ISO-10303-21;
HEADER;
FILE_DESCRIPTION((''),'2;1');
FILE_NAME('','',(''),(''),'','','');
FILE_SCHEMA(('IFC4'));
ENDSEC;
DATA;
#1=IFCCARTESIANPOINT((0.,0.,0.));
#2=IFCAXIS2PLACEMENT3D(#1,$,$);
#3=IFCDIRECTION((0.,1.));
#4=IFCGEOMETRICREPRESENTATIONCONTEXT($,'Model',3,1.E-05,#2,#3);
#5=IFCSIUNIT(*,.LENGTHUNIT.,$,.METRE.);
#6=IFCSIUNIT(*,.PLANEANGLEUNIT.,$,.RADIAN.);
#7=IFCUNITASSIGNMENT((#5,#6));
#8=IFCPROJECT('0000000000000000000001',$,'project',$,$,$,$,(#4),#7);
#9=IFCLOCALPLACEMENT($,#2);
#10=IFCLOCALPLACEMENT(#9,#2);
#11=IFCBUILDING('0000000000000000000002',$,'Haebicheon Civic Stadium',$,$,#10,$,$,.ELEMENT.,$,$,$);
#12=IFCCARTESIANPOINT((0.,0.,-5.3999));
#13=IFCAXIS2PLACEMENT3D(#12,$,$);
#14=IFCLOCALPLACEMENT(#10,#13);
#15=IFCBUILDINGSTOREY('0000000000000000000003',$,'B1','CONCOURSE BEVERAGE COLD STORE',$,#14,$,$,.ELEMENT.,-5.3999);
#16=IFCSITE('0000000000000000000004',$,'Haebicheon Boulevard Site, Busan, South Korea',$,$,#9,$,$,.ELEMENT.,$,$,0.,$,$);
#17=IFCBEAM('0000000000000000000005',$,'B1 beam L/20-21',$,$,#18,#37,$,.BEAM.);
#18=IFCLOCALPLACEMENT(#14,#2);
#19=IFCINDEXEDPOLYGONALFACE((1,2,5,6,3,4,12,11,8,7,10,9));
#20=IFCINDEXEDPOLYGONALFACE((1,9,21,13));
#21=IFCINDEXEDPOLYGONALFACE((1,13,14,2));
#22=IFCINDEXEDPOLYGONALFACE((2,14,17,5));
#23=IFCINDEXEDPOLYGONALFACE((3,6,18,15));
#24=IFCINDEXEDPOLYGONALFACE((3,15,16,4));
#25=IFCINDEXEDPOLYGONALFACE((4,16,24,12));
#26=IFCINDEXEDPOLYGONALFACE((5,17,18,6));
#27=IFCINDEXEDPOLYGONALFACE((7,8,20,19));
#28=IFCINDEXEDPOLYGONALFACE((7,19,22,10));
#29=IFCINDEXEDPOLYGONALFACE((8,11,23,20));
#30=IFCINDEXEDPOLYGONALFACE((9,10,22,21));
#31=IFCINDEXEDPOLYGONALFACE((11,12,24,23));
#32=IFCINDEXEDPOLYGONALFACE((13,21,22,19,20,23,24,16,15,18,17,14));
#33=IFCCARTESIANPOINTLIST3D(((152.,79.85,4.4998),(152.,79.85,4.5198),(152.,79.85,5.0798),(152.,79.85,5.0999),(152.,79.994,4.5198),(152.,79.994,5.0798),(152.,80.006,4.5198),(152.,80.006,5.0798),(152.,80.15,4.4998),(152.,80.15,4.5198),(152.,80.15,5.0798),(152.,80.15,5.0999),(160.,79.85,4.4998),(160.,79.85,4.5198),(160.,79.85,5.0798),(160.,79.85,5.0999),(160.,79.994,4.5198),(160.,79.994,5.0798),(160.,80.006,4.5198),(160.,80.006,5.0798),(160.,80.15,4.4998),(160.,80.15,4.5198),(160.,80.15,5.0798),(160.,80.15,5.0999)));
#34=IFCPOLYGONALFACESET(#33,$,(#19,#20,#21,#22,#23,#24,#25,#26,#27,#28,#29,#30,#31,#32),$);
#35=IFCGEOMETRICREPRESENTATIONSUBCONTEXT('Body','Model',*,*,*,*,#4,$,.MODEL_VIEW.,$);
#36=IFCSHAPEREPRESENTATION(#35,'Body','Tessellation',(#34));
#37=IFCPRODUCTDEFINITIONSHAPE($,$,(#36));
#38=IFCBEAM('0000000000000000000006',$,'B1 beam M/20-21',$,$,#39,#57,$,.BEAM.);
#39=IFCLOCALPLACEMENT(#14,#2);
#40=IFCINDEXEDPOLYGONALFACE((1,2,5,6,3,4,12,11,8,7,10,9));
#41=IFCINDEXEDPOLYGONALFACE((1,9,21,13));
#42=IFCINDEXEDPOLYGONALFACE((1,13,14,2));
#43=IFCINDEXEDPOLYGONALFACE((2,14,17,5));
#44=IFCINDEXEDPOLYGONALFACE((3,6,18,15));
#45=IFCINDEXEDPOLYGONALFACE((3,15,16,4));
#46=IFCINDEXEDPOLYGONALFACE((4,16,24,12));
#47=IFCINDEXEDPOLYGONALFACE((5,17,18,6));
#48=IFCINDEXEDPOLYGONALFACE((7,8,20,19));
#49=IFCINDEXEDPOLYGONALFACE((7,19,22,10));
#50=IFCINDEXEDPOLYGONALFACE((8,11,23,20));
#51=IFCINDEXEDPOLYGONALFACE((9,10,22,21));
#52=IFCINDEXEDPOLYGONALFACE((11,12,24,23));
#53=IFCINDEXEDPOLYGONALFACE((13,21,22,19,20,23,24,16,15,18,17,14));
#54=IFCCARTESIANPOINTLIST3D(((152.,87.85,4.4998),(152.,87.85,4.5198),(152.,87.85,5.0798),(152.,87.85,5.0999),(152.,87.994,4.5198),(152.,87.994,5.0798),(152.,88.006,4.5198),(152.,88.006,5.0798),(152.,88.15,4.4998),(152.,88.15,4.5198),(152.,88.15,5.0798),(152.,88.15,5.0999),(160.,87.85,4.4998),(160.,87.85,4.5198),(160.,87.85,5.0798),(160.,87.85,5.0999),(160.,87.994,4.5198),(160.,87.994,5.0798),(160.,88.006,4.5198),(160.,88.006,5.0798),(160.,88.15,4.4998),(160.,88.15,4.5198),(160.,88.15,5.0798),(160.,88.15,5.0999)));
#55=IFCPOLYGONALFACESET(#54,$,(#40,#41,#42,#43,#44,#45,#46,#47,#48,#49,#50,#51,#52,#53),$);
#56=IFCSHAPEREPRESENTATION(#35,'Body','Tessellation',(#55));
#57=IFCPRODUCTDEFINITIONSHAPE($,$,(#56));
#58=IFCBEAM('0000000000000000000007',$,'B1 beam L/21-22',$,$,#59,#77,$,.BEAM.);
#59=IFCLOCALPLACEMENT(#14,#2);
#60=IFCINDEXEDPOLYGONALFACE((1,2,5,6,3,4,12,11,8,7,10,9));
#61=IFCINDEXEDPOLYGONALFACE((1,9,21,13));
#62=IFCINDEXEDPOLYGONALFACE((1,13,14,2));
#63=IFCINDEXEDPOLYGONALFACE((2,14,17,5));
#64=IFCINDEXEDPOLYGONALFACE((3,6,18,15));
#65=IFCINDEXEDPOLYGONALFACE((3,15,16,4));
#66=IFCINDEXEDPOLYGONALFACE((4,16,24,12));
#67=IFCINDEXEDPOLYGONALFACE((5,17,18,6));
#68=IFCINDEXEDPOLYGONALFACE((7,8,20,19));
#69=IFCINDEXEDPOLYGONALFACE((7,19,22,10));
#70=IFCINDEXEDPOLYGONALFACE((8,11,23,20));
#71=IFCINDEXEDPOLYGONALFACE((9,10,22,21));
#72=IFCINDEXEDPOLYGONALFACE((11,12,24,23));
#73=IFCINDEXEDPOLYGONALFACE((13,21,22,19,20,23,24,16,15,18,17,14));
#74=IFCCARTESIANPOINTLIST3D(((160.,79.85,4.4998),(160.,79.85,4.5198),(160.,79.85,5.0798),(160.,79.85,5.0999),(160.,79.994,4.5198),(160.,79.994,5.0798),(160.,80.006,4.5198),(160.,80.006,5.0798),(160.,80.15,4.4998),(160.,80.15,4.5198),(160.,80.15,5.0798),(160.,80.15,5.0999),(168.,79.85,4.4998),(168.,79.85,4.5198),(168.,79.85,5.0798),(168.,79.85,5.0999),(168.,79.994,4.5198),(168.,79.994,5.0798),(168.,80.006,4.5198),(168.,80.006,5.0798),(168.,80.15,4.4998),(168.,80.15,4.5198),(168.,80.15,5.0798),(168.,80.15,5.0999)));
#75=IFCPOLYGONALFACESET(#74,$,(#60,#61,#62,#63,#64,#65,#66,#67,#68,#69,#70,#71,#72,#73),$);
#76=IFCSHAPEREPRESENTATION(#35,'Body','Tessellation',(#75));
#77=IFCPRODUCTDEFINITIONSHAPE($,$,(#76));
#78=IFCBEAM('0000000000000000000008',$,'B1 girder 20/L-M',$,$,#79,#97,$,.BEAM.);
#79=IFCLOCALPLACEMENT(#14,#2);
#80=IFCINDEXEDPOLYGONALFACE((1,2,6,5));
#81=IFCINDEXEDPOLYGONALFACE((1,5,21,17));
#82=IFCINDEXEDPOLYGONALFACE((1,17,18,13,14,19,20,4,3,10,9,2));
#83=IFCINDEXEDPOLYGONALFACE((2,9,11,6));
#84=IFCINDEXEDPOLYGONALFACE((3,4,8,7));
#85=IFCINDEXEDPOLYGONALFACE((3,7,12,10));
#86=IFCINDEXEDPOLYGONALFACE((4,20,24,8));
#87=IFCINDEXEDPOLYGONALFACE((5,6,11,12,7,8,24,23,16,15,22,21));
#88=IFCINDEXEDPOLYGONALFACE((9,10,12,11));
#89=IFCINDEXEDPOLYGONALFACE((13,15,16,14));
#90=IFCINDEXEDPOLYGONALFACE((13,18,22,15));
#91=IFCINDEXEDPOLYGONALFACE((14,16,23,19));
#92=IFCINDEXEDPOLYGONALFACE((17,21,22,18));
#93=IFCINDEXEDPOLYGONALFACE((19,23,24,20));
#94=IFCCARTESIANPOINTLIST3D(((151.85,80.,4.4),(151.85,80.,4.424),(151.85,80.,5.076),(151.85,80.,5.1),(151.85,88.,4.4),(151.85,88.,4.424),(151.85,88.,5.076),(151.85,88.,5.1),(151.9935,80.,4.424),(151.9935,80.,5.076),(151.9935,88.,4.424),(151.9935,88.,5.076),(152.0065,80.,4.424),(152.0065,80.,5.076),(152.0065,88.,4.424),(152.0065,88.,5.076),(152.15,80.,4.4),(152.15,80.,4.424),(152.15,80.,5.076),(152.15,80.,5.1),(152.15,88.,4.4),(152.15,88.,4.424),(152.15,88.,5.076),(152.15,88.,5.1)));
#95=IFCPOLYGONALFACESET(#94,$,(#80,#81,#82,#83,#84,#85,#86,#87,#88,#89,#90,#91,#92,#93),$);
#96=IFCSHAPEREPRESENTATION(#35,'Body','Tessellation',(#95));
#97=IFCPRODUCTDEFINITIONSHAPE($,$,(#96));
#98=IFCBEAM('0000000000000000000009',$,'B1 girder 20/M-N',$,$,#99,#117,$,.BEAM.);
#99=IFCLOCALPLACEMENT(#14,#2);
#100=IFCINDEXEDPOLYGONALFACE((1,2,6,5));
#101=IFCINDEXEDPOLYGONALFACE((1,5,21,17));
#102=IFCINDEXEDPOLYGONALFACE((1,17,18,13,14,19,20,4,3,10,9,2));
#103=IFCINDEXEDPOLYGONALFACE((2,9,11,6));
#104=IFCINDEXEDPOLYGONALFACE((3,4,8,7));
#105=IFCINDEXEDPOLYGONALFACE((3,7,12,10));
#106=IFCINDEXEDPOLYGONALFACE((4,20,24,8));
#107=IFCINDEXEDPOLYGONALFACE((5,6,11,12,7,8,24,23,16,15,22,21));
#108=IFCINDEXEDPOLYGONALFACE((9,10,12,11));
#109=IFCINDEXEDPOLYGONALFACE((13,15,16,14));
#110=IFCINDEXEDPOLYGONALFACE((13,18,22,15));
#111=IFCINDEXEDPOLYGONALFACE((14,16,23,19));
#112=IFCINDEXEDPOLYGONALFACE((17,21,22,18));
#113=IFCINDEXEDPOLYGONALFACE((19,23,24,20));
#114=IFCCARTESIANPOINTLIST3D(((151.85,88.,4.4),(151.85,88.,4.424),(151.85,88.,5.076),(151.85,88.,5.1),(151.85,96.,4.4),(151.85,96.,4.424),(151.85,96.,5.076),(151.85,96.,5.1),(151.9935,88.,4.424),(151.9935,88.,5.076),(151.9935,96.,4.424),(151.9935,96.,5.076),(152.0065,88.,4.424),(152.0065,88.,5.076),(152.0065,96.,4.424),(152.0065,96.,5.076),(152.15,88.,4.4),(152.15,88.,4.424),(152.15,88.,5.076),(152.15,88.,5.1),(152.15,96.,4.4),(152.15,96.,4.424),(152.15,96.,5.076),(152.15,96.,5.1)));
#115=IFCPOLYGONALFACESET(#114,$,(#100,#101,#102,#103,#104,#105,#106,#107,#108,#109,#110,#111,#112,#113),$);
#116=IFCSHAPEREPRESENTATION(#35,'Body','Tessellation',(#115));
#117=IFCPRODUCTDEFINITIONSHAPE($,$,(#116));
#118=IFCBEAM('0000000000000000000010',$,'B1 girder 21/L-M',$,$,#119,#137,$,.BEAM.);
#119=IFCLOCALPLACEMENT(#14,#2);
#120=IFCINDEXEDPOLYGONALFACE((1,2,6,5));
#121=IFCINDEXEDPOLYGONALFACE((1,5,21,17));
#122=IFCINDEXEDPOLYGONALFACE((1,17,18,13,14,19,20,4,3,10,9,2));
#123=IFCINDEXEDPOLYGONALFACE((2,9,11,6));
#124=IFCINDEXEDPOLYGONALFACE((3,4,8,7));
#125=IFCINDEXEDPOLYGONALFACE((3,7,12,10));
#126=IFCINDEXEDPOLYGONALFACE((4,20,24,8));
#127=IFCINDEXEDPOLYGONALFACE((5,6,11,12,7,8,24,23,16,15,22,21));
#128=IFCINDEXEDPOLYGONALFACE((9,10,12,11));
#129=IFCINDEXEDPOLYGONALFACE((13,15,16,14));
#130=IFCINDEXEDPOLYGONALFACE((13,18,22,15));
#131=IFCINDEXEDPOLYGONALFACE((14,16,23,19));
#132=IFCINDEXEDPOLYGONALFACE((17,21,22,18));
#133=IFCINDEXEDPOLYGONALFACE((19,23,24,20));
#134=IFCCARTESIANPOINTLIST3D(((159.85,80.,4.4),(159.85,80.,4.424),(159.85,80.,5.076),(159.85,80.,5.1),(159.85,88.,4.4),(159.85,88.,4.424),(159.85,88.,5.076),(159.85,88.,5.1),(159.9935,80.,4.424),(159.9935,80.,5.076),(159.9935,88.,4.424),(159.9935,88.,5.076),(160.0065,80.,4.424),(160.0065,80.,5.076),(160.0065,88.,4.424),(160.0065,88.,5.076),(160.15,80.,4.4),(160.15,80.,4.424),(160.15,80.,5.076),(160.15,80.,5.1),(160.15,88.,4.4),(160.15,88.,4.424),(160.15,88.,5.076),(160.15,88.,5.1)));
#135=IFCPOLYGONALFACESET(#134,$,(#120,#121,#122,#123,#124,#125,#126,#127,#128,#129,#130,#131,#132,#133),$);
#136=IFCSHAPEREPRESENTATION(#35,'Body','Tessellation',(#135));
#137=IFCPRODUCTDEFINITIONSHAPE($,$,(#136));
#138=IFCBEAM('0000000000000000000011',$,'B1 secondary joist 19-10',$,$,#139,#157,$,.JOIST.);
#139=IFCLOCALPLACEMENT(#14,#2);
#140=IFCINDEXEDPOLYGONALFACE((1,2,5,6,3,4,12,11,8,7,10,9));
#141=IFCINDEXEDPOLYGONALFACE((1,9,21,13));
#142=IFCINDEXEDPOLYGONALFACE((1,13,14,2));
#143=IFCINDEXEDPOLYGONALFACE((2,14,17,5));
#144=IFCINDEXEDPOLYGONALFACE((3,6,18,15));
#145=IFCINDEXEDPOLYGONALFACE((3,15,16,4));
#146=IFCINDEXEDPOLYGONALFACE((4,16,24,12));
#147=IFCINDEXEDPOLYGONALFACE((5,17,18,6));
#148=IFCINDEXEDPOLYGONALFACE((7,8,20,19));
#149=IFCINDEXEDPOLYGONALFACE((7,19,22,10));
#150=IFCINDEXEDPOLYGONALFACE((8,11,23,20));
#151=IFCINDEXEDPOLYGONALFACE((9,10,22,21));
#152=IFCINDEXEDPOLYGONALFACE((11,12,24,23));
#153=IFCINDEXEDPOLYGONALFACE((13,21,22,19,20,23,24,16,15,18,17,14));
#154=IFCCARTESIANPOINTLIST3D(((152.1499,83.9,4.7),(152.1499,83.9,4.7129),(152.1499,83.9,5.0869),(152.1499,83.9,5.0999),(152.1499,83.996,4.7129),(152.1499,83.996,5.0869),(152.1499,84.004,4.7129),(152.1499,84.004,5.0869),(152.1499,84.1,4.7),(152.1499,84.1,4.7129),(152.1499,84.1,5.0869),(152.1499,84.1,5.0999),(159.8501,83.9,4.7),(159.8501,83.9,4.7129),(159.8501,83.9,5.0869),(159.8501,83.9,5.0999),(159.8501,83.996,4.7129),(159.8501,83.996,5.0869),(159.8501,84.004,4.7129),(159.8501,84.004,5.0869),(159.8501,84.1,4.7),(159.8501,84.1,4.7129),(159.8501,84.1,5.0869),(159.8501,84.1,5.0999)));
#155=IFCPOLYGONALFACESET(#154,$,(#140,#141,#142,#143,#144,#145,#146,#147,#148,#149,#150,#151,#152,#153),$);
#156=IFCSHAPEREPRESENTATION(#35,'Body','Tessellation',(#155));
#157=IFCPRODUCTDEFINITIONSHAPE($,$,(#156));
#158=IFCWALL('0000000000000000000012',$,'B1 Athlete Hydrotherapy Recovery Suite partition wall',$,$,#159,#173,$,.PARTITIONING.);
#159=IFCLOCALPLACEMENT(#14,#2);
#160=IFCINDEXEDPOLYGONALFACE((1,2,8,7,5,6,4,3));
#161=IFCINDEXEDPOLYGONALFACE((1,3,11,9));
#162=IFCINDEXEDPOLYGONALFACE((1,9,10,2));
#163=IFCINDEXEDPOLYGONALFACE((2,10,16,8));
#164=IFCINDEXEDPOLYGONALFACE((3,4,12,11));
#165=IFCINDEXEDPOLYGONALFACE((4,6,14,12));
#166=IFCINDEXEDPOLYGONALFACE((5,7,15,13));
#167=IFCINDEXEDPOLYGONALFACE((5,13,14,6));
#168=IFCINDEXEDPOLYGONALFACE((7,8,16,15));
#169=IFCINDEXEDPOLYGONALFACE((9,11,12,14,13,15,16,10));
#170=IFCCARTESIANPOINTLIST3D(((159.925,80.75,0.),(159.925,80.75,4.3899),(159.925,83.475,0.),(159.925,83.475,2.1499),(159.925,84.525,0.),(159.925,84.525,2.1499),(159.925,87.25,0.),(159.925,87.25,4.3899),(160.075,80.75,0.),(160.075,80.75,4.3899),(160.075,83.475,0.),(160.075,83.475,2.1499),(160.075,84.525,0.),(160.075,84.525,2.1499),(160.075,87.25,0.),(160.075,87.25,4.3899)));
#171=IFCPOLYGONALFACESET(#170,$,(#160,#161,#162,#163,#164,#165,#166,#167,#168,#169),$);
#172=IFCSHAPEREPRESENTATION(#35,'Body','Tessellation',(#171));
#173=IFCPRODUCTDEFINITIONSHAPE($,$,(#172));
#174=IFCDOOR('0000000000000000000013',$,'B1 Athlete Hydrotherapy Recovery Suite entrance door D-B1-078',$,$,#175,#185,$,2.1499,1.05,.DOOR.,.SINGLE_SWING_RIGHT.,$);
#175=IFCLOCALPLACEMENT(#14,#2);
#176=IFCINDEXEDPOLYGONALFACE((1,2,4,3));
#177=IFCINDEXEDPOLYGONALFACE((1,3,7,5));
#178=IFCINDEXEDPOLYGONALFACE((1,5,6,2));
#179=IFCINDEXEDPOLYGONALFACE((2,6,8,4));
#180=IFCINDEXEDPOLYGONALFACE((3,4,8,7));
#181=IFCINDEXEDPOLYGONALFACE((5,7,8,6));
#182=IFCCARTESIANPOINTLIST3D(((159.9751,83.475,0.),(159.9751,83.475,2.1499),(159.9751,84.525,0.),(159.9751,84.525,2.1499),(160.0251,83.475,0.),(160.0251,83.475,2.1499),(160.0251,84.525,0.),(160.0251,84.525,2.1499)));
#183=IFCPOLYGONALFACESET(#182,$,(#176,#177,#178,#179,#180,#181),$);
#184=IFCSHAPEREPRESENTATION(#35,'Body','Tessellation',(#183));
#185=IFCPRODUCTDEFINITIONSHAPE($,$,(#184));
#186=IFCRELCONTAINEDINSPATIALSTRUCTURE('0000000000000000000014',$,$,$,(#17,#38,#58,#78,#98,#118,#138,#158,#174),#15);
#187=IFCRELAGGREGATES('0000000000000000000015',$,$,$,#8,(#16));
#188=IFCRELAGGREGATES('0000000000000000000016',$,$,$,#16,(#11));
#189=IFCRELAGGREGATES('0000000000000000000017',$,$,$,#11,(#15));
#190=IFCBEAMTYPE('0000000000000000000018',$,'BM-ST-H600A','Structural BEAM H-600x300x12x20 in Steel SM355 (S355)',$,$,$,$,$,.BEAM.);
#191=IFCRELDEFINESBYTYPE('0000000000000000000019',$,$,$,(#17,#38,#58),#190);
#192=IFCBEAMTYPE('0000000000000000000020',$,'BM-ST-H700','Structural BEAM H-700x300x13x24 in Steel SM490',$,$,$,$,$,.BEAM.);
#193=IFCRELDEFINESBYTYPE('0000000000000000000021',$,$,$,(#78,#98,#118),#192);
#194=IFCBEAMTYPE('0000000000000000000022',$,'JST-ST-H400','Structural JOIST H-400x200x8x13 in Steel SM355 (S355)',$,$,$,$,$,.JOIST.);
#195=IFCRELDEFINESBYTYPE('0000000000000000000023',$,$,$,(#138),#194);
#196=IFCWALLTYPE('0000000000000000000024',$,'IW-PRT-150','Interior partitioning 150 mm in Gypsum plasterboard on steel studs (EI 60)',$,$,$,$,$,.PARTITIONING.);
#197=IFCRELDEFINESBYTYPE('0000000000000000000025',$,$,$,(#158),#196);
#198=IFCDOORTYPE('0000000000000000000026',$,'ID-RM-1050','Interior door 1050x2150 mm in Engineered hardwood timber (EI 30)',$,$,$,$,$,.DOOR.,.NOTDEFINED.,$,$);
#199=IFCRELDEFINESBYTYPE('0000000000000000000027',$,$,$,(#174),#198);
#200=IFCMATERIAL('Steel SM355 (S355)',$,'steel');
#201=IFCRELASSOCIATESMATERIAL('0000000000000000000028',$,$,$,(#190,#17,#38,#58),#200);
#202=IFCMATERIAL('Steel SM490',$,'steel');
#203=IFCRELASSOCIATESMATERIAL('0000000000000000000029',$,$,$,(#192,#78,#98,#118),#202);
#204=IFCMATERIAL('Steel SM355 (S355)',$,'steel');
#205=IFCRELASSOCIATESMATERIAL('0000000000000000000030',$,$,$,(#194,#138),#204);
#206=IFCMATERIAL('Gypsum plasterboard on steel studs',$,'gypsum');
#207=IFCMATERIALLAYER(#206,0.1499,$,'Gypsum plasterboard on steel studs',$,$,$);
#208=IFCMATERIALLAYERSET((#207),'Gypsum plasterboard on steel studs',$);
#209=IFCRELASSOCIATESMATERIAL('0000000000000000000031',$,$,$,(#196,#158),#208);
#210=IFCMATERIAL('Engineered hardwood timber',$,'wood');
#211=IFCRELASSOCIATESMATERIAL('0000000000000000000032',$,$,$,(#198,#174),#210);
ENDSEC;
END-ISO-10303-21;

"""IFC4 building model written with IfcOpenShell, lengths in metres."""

from ifc_helpers import new_model, si_unit, direction, frame, frame_2d, origin, origin_2d, place, context, subcontext, project, spatial, rectangle, i_section, extrude, material, layer, layer_set, material_profile, profile_set, type_object, element, fill, save


model = new_model("IFC4")

# Units and contexts
model_context = context("Model", 3, precision=1e-05, world=origin(), true_north=direction((0.0, 1.0)))
body_context = subcontext(model_context, "Body", "Model", "MODEL_VIEW")
ifc_project = project(units=[si_unit("LENGTHUNIT", "METRE"), si_unit("PLANEANGLEUNIT", "RADIAN")], contexts=[model_context])

# Site, building, storey
site_placement = place(None, origin())
site = spatial("IfcSite", under=ifc_project, at=site_placement, Name="Haebicheon Boulevard Site, Busan, South Korea", CompositionType="ELEMENT", RefElevation=0.0)
building_placement = place(site_placement, origin())
building = spatial("IfcBuilding", under=site, at=building_placement, Name="Haebicheon Civic Stadium", CompositionType="ELEMENT")
storey_placement = place(building_placement, frame((0.0, 0.0, -5.3999)))
storey = spatial("IfcBuildingStorey", under=building, at=storey_placement, Name="B1", Description="CONCOURSE BEVERAGE COLD STORE", CompositionType="ELEMENT", Elevation=-5.3999)

# Beams
ifc_material_1 = material(Name="Steel SM355 (S355)", Category="steel")
ifc_material_profile_1 = material_profile(ifc_material_1, i_section(OverallWidth=0.3, OverallDepth=0.6001, WebThickness=0.012, FlangeThickness=0.02, at=origin_2d()), Name="H-600x300x12x20")
ifc_profile_set_1 = profile_set([ifc_material_profile_1], Name="Steel SM355 (S355)")
beam_type_1 = type_object("IfcBeamType", Name="BM-ST-H600A", Description="Structural BEAM H-600x300x12x20 in Steel SM355 (S355)", PredefinedType="BEAM", material=ifc_profile_set_1)
for number, where, z_axis, x_axis, name in (
    (1, (152.0, 80.0, 4.7998), (1.0, 0.0, 0.0), (0.0, 1.0, 0.0), "B1 beam L/20-21"),
    (2, (152.0, 88.0, 4.7998), (1.0, 0.0, 0.0), (0.0, 1.0, 0.0), "B1 beam M/20-21"),
    (3, (160.0, 80.0, 4.7998), (1.0, 0.0, 0.0), (0.0, 1.0, 0.0), "B1 beam L/21-22"),
):
    element("IfcBeam", number, at=place(storey_placement, frame(where, z_axis=z_axis, x_axis=x_axis)), inside=storey, type_object=beam_type_1, material=ifc_profile_set_1, Name=name, PredefinedType="BEAM", context=body_context, shape_type="SweptSolid", body=[
        extrude(i_section(OverallWidth=0.3, OverallDepth=0.6001, WebThickness=0.012, FlangeThickness=0.02, at=origin_2d()), origin(), (0.0, 0.0, 1.0), 8.0),
    ])
ifc_material_2 = material(Name="Steel SM490", Category="steel")
ifc_material_profile_2 = material_profile(ifc_material_2, i_section(OverallWidth=0.3, OverallDepth=0.7, WebThickness=0.0129, FlangeThickness=0.0239, at=origin_2d()), Name="H-700x300x13x24")
ifc_profile_set_2 = profile_set([ifc_material_profile_2], Name="Steel SM490")
beam_type_2 = type_object("IfcBeamType", Name="BM-ST-H700", Description="Structural BEAM H-700x300x13x24 in Steel SM490", PredefinedType="BEAM", material=ifc_profile_set_2)
for number, where, z_axis, x_axis, name in (
    (4, (152.0, 80.0, 4.75), (0.0, 1.0, 0.0), (-1.0, 0.0, 0.0), "B1 girder 20/L-M"),
    (5, (152.0, 88.0, 4.75), (0.0, 1.0, 0.0), (-1.0, 0.0, 0.0), "B1 girder 20/M-N"),
    (6, (160.0, 80.0, 4.75), (0.0, 1.0, 0.0), (-1.0, 0.0, 0.0), "B1 girder 21/L-M"),
):
    element("IfcBeam", number, at=place(storey_placement, frame(where, z_axis=z_axis, x_axis=x_axis)), inside=storey, type_object=beam_type_2, material=ifc_profile_set_2, Name=name, PredefinedType="BEAM", context=body_context, shape_type="SweptSolid", body=[
        extrude(i_section(OverallWidth=0.3, OverallDepth=0.7, WebThickness=0.0129, FlangeThickness=0.0239, at=origin_2d()), origin(), (0.0, 0.0, 1.0), 8.0),
    ])
ifc_material_3 = material(Name="Steel SM355 (S355)", Category="steel")
ifc_material_profile_3 = material_profile(ifc_material_3, i_section(OverallWidth=0.2, OverallDepth=0.3999, WebThickness=0.0081, FlangeThickness=0.0129, at=origin_2d()), Name="H-400x200x8x13")
ifc_profile_set_3 = profile_set([ifc_material_profile_3], Name="Steel SM355 (S355)")
beam_type_3 = type_object("IfcBeamType", Name="JST-ST-H400", Description="Structural JOIST H-400x200x8x13 in Steel SM355 (S355)", PredefinedType="JOIST", material=ifc_profile_set_3)
beam_placement = place(storey_placement, frame((152.1499, 84.0, 4.8999), z_axis=(1.0, 0.0, 0.0), x_axis=(0.0, 1.0, 0.0)))
element("IfcBeam", 7, at=beam_placement, inside=storey, type_object=beam_type_3, material=ifc_profile_set_3, Name="B1 secondary joist 19-10", PredefinedType="JOIST", context=body_context, shape_type="SweptSolid", body=[
    extrude(i_section(OverallWidth=0.2, OverallDepth=0.3999, WebThickness=0.0081, FlangeThickness=0.0129, at=origin_2d()), origin(), (0.0, 0.0, 1.0), 7.7002),
])

# Wall, opening, door
ifc_material_4 = material(Name="Gypsum plasterboard on steel studs", Category="gypsum")
ifc_layer_1 = layer(ifc_material_4, 0.1499, Name="Gypsum plasterboard on steel studs")
ifc_layer_set_1 = layer_set([ifc_layer_1], Name="Gypsum plasterboard on steel studs")
wall_type = type_object("IfcWallType", Name="IW-PRT-150", Description="Interior partitioning 150 mm in Gypsum plasterboard on steel studs (EI 60)", PredefinedType="PARTITIONING", material=ifc_layer_set_1)
wall_placement = place(storey_placement, frame((160.0, 80.75, 0.0), z_axis=(0.0, 0.0, 1.0), x_axis=(0.0, 1.0, 0.0)))
wall = element("IfcWall", 8, at=wall_placement, inside=storey, type_object=wall_type, material=ifc_layer_set_1, Name="B1 Athlete Hydrotherapy Recovery Suite partition wall", PredefinedType="PARTITIONING", context=body_context, shape_type="SweptSolid", body=[
    extrude(rectangle(XDim=6.5, YDim=0.1499, at=frame_2d((3.25, 0.0))), origin(), (0.0, 0.0, 1.0), 4.3899),
])
opening_placement = place(wall_placement, frame((2.7251, 0.0, 0.0)))
opening = element("IfcOpeningElement", 9, at=opening_placement, cuts=wall, PredefinedType="OPENING", context=body_context, shape_type="SweptSolid", body=[
    extrude(rectangle(XDim=1.05, YDim=2.1499, at=frame_2d((0.5249, 1.075))), frame((0.0, 0.085, 0.0), z_axis=(0.0, -1.0, 0.0), x_axis=(1.0, 0.0, 0.0)), (0.0, 0.0, 1.0), 0.1699),
])
ifc_material_5 = material(Name="Engineered hardwood timber", Category="wood")
door_type = type_object("IfcDoorType", Name="ID-RM-1050", Description="Interior door 1050x2150 mm in Engineered hardwood timber (EI 30)", OperationType="NOTDEFINED", PredefinedType="DOOR", material=ifc_material_5)
door_placement = place(opening_placement, origin())
door = element("IfcDoor", 10, at=door_placement, inside=storey, type_object=door_type, material=ifc_material_5, Name="B1 Athlete Hydrotherapy Recovery Suite entrance door D-B1-078", OperationType="SINGLE_SWING_RIGHT", OverallHeight=2.1499, OverallWidth=1.05, PredefinedType="DOOR", context=body_context, shape_type="SweptSolid", body=[
    extrude(rectangle(XDim=1.05, YDim=2.1499, at=frame_2d((0.5249, 1.075))), frame((0.0, 0.0249, 0.0), z_axis=(0.0, -1.0, 0.0), x_axis=(1.0, 0.0, 0.0)), (0.0, 0.0, 1.0), 0.05),
])
fill(opening, door)

save(model, "model.ifc")
